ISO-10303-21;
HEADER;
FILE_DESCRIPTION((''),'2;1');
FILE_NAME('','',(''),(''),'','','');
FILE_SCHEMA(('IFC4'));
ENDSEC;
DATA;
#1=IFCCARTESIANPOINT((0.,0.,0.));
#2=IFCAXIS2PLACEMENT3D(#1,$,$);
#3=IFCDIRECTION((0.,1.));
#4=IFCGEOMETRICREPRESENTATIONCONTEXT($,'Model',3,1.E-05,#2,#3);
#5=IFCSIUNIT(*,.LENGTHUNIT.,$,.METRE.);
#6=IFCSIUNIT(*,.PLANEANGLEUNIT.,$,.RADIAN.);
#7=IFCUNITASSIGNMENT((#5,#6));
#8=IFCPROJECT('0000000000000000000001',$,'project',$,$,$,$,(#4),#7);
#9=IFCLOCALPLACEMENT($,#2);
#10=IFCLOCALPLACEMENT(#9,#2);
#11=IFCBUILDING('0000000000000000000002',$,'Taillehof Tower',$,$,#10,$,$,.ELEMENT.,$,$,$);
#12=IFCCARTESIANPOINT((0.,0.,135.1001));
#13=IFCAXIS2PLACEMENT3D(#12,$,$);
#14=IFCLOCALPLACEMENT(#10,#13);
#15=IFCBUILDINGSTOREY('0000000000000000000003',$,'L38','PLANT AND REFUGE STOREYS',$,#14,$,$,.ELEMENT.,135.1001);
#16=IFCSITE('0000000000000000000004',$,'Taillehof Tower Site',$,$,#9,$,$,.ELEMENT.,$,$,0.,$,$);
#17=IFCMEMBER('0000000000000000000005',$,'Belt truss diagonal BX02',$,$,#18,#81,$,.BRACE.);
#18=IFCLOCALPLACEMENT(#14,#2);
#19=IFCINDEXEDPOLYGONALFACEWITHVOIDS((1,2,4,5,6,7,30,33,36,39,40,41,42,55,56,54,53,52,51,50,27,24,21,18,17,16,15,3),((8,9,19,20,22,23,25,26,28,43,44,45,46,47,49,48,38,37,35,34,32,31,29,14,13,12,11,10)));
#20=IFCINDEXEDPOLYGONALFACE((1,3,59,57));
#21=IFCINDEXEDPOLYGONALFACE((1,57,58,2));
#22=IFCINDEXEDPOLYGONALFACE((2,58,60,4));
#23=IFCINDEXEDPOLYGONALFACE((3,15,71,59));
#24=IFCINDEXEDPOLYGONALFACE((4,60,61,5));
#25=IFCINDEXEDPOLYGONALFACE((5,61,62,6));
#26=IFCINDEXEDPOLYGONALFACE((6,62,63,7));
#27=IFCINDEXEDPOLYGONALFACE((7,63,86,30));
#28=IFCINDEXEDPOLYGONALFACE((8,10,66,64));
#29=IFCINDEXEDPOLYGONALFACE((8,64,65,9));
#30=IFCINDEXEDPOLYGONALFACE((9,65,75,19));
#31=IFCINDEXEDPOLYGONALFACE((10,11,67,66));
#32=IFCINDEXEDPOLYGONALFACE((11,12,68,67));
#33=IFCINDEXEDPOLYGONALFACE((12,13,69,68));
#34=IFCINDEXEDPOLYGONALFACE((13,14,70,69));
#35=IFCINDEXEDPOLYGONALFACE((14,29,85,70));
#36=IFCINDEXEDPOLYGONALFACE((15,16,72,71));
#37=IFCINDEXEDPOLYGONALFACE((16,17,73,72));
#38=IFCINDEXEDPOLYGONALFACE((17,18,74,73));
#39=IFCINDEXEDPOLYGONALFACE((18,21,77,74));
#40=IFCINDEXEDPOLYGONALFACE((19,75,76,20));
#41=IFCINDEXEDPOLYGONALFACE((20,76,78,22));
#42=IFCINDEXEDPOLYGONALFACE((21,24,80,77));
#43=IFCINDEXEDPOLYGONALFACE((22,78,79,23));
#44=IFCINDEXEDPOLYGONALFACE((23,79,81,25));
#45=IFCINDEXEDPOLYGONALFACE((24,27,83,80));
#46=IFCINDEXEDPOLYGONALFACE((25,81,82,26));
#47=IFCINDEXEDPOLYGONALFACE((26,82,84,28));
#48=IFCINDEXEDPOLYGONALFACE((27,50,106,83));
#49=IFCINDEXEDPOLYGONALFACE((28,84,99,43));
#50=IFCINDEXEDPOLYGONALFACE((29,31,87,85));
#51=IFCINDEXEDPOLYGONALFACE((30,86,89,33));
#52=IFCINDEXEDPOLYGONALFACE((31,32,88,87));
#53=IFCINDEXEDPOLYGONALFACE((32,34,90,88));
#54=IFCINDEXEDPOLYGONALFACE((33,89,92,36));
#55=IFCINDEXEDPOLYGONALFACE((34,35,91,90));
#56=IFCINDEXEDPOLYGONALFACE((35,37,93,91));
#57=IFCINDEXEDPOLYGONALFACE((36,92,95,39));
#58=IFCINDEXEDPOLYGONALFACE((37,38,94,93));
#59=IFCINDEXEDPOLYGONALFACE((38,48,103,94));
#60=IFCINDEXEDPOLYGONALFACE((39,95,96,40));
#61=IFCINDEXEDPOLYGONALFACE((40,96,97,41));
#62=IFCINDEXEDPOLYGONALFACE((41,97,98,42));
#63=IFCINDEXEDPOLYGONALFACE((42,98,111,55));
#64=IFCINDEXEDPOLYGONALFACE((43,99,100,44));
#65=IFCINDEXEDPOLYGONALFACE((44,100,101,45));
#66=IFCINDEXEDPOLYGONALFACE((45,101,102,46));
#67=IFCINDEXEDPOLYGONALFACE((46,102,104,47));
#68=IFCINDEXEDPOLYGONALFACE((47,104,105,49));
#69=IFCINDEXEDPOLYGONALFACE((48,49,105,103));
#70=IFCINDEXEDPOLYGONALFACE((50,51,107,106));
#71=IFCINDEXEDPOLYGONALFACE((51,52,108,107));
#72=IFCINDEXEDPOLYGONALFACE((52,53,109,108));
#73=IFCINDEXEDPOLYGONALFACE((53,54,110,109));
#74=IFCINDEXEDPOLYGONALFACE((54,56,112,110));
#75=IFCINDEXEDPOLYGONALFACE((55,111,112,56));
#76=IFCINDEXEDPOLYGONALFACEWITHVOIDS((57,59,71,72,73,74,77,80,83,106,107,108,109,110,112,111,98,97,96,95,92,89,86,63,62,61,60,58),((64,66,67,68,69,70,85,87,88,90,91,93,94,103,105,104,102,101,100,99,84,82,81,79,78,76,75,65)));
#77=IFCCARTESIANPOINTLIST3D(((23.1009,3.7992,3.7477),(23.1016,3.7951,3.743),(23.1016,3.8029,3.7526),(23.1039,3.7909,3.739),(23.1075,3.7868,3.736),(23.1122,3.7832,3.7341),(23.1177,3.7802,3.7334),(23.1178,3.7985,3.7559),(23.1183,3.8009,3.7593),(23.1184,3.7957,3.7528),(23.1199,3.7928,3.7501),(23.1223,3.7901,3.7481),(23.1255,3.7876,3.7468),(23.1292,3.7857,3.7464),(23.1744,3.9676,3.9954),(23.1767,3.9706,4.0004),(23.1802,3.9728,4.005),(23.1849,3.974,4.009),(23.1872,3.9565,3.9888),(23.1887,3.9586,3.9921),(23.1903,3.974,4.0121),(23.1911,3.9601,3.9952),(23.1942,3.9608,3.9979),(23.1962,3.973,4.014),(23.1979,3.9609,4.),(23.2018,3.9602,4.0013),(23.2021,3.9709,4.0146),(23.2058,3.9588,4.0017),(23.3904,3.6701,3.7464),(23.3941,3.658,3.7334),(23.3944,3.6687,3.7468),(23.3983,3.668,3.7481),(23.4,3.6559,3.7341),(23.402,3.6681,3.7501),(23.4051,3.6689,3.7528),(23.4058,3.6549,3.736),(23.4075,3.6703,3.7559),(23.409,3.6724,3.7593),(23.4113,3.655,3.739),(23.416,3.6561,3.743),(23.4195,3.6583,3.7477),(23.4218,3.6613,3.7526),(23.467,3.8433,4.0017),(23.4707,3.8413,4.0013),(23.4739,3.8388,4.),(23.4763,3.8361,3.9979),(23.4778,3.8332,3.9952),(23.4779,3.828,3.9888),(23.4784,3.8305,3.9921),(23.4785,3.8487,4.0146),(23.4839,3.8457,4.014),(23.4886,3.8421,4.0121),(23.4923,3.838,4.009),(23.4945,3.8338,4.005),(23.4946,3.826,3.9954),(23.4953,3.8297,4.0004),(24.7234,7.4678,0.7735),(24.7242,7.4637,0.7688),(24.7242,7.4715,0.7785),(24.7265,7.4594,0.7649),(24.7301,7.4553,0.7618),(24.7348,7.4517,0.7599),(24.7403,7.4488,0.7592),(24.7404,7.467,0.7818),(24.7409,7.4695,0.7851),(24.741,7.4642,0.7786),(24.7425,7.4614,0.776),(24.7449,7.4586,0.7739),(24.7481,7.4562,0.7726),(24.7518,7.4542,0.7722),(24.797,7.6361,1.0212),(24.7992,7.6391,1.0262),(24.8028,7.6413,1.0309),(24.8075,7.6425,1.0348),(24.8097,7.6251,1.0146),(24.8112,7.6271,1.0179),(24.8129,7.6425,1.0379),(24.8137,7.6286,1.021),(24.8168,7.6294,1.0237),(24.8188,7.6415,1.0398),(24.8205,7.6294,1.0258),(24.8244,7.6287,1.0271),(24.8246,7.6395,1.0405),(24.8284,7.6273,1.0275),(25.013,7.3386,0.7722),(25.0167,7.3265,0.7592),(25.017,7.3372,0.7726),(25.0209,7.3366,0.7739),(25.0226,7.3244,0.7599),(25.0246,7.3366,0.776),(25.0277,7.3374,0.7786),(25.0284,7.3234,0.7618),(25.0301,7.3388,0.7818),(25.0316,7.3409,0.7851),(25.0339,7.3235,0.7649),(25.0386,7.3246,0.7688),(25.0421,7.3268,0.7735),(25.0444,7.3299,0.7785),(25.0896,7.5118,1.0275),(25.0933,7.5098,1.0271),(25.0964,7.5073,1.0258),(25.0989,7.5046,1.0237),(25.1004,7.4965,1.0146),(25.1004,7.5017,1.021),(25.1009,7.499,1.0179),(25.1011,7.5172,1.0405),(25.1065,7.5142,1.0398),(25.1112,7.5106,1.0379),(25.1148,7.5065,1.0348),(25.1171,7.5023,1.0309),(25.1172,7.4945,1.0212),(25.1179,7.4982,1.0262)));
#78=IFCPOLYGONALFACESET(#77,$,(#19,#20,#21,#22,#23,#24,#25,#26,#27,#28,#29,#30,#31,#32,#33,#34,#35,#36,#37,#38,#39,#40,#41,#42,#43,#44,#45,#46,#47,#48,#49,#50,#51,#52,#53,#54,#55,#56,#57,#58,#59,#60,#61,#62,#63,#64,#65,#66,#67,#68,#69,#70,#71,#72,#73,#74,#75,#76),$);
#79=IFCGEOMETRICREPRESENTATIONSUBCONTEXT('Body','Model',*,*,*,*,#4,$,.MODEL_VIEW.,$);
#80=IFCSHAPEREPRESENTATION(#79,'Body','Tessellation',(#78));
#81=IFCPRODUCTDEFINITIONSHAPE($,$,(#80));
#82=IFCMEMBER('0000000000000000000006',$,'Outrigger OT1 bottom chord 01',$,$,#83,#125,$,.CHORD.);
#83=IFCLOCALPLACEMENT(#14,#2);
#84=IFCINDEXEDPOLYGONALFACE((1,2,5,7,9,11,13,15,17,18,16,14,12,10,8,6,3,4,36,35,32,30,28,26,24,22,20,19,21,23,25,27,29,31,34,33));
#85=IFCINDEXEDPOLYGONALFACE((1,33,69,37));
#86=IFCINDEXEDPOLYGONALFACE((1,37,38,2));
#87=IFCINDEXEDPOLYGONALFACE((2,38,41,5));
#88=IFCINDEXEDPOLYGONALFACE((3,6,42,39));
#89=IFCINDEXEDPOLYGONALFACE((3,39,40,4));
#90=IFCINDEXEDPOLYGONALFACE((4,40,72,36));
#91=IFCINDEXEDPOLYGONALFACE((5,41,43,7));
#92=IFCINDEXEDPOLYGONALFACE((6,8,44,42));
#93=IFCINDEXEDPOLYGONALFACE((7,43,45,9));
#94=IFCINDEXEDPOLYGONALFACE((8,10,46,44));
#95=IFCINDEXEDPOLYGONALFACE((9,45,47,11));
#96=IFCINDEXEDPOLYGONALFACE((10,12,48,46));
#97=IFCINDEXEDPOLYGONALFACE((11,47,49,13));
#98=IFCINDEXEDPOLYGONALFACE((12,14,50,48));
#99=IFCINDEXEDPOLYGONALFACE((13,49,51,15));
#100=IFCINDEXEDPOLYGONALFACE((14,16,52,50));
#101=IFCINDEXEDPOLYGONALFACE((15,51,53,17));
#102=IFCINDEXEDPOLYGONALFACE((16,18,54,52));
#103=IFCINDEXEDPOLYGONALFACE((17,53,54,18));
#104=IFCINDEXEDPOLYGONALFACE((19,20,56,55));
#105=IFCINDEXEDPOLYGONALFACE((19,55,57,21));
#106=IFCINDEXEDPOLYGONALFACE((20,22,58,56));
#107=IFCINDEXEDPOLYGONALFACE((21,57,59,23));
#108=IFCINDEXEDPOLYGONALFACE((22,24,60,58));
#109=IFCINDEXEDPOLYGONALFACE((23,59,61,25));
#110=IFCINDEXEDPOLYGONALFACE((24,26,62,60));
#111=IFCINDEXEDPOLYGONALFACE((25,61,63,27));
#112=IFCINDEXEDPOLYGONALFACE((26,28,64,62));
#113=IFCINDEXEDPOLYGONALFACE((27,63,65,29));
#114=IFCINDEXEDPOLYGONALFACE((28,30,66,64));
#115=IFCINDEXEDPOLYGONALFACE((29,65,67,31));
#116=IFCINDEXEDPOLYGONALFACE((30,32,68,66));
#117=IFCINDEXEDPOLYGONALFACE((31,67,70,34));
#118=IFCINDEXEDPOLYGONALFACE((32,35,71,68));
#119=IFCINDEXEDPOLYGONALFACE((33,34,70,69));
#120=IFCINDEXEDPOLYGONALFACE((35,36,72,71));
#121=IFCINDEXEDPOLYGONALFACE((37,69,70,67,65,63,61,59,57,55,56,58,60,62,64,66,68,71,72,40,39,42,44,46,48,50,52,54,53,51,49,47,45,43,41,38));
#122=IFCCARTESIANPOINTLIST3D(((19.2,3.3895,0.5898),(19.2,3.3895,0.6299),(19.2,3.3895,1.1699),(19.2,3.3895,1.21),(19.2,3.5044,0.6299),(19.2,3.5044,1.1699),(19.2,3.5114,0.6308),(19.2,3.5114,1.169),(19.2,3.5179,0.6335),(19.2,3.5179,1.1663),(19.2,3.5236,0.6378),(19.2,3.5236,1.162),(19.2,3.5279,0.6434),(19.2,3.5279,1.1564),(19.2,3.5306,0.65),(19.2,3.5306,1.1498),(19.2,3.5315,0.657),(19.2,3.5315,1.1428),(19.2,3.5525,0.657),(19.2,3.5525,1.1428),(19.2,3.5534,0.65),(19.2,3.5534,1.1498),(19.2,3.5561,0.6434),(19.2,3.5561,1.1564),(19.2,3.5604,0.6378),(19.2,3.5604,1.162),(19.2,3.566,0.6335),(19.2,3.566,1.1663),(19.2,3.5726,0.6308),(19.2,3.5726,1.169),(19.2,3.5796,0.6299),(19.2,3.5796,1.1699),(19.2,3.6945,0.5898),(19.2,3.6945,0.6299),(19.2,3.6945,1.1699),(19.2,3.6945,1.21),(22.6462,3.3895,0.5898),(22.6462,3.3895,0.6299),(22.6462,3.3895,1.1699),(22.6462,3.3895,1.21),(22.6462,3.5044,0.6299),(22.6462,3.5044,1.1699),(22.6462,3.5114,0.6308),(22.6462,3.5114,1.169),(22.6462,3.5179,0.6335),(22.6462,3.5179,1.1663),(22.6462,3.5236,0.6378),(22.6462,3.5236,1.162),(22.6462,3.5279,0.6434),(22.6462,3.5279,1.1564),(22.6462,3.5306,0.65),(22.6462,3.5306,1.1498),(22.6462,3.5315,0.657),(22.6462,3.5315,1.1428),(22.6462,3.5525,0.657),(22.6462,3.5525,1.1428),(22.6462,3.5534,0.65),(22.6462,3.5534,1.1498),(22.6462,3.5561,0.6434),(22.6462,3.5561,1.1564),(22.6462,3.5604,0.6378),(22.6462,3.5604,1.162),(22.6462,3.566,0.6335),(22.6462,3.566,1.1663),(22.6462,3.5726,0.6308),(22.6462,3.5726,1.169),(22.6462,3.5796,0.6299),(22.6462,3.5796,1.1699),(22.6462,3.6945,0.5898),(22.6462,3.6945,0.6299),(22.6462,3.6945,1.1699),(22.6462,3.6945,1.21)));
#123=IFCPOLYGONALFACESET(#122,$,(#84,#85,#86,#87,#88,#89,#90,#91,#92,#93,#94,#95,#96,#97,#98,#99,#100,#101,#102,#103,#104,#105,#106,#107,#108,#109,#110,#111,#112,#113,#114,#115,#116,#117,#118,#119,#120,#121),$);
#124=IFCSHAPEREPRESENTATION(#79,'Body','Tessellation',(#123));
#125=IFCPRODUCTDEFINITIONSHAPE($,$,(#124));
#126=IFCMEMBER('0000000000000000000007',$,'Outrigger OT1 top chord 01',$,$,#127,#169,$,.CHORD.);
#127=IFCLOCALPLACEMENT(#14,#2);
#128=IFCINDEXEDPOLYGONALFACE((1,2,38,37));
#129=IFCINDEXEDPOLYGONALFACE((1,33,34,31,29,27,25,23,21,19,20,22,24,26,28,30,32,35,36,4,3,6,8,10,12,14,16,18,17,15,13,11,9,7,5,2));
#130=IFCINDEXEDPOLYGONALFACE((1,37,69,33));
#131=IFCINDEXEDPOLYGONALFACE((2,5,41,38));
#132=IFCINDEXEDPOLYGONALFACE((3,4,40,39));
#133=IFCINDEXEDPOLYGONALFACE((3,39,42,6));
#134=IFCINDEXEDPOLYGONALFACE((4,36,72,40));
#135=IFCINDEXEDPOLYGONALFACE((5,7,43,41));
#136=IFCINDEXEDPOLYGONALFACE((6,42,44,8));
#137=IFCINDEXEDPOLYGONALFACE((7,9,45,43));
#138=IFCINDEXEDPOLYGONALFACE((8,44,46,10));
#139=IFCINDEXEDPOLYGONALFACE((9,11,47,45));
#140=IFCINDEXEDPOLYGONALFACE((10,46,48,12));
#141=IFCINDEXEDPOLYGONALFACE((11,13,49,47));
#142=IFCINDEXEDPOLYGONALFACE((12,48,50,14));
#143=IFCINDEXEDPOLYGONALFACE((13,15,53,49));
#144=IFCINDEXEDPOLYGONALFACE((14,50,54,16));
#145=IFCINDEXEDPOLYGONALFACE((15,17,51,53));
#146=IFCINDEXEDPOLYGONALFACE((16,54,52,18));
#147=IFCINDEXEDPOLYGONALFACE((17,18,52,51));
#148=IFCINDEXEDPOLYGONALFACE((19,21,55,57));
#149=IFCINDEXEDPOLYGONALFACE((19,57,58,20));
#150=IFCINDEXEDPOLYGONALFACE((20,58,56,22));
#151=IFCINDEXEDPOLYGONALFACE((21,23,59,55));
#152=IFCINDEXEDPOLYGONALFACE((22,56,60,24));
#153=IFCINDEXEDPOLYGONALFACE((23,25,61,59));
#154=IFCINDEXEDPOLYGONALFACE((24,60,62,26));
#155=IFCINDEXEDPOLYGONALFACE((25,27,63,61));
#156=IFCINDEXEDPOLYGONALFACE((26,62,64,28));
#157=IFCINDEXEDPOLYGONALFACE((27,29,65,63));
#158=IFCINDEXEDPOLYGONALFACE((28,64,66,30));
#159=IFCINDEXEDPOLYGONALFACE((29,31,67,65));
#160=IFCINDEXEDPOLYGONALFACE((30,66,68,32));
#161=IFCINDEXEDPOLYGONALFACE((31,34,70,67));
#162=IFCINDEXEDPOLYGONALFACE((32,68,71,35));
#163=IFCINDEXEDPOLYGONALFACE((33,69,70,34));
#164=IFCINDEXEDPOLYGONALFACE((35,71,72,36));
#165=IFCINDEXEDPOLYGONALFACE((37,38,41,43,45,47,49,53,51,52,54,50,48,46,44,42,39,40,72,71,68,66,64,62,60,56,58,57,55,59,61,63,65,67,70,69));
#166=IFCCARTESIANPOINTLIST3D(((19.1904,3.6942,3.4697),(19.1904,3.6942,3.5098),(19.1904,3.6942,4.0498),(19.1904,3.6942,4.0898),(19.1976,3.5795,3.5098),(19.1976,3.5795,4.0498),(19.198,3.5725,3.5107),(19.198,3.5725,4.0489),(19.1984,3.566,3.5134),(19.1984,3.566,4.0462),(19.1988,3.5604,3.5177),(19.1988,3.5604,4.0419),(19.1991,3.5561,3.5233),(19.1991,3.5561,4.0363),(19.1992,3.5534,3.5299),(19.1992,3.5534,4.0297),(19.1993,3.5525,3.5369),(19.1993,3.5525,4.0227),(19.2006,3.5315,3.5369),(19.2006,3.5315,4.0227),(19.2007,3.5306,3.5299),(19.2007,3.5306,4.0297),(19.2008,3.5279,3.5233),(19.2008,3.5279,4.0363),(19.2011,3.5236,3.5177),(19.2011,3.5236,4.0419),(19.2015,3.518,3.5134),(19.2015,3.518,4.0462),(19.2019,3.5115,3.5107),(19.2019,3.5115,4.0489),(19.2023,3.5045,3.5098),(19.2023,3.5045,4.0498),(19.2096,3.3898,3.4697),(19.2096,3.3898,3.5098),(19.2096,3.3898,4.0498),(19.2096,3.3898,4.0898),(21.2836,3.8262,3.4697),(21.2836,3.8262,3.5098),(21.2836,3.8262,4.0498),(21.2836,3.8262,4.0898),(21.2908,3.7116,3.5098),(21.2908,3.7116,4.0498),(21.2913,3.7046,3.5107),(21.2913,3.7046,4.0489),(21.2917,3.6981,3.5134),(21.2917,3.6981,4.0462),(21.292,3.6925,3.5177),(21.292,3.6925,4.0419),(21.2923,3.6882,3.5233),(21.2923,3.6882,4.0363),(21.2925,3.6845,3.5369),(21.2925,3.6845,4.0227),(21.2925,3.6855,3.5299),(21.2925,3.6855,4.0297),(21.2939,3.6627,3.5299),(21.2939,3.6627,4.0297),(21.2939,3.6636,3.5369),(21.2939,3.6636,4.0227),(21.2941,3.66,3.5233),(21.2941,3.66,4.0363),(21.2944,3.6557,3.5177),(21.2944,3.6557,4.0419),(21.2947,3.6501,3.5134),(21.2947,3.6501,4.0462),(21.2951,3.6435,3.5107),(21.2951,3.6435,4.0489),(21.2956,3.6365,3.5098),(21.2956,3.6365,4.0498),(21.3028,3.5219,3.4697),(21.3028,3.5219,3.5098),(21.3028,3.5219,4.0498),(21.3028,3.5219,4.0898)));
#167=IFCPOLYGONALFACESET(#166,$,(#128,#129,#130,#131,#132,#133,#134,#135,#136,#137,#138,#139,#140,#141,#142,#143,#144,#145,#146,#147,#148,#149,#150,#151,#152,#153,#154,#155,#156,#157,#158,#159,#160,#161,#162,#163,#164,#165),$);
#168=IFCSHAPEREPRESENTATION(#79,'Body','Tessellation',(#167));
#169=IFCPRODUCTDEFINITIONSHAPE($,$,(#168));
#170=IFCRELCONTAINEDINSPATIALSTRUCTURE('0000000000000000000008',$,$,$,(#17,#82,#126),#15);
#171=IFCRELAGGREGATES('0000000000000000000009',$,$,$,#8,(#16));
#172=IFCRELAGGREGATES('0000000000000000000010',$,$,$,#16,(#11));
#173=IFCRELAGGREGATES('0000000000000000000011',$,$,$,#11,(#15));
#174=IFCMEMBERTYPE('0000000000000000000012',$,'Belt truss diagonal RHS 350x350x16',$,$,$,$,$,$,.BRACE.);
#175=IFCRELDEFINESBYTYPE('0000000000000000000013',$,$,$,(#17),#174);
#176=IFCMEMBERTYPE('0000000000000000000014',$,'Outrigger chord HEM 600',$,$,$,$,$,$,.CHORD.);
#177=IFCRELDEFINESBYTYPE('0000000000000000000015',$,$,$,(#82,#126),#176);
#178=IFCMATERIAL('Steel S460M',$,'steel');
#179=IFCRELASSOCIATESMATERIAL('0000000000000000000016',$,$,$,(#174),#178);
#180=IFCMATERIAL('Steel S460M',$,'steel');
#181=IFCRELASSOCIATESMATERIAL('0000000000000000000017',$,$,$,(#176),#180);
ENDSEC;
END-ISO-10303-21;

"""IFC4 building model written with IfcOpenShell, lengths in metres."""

from ifc_helpers import new_model, si_unit, direction, frame, origin, origin_2d, place, context, subcontext, project, spatial, hollow_rectangle, i_section, extrude, material, material_profile, profile_set, type_object, element, save


model = new_model("IFC4")

# Units and contexts
model_context = context("Model", 3, precision=1e-05, world=origin(), true_north=direction((0.0, 1.0)))
body_context = subcontext(model_context, "Body", "Model", "MODEL_VIEW")
ifc_project = project(units=[si_unit("LENGTHUNIT", "METRE"), si_unit("PLANEANGLEUNIT", "RADIAN")], contexts=[model_context])

# Site, building, storey
site_placement = place(None, origin())
site = spatial("IfcSite", under=ifc_project, at=site_placement, Name="Taillehof Tower Site", CompositionType="ELEMENT", RefElevation=0.0)
building_placement = place(site_placement, origin())
building = spatial("IfcBuilding", under=site, at=building_placement, Name="Taillehof Tower", CompositionType="ELEMENT")
storey_placement = place(building_placement, frame((0.0, 0.0, 135.1001)))
storey = spatial("IfcBuildingStorey", under=building, at=storey_placement, Name="L38", Description="PLANT AND REFUGE STOREYS", CompositionType="ELEMENT", Elevation=135.1001)

# Members
ifc_material_1 = material(Name="Steel S460M", Category="steel")
ifc_material_profile_1 = material_profile(ifc_material_1, hollow_rectangle(XDim=0.3501, YDim=0.3501, WallThickness=0.0161, InnerFilletRadius=0.0161, OuterFilletRadius=0.0239, at=origin_2d()), Name="RHS 350x350x16")
ifc_profile_set_1 = profile_set([ifc_material_profile_1], Name="Steel S460M")
member_type_1 = type_object("IfcMemberType", Name="Belt truss diagonal RHS 350x350x16", PredefinedType="BRACE", material=ifc_profile_set_1)
member_1_placement = place(storey_placement, frame((23.2981, 3.8145, 3.874), z_axis=(0.32493, 0.734637, -0.595591), x_axis=(-0.914538, 0.4045, 0.0)))
element("IfcMember", 1, at=member_1_placement, inside=storey, type_object=member_type_1, Name="Belt truss diagonal BX02", PredefinedType="BRACE", context=body_context, shape_type="SweptSolid", body=[
    extrude(hollow_rectangle(XDim=0.3501, YDim=0.3501, WallThickness=0.0161, InnerFilletRadius=0.0161, OuterFilletRadius=0.0239, at=origin_2d()), origin(), (0.0, 0.0, 1.0), 4.9937),
])
ifc_material_2 = material(Name="Steel S460M", Category="steel")
ifc_material_profile_2 = material_profile(ifc_material_2, i_section(OverallWidth=0.3049, OverallDepth=0.6201, WebThickness=0.021, FlangeThickness=0.04, FilletRadius=0.0271, at=origin_2d()), Name="HEM 600")
ifc_profile_set_2 = profile_set([ifc_material_profile_2], Name="Steel S460M")
member_type_2 = type_object("IfcMemberType", Name="Outrigger chord HEM 600", PredefinedType="CHORD", material=ifc_profile_set_2)
member_2_placement = place(storey_placement, frame((19.2, 3.542, 0.8999), z_axis=(1.0, 0.0, 0.0), x_axis=(0.0, 1.0, 0.0)))
element("IfcMember", 2, at=member_2_placement, inside=storey, type_object=member_type_2, Name="Outrigger OT1 bottom chord 01", PredefinedType="CHORD", context=body_context, shape_type="SweptSolid", body=[
    extrude(i_section(OverallWidth=0.3049, OverallDepth=0.6201, WebThickness=0.021, FlangeThickness=0.04, FilletRadius=0.0271, at=origin_2d()), origin(), (0.0, 0.0, 1.0), 3.4463),
])
member_3_placement = place(storey_placement, frame((19.2, 3.542, 3.7798), z_axis=(0.998015, 0.062973, 0.0), x_axis=(-0.062973, 0.998015, 0.0)))
element("IfcMember", 3, at=member_3_placement, inside=storey, type_object=member_type_2, Name="Outrigger OT1 top chord 01", PredefinedType="CHORD", context=body_context, shape_type="SweptSolid", body=[
    extrude(i_section(OverallWidth=0.3049, OverallDepth=0.6201, WebThickness=0.021, FlangeThickness=0.04, FilletRadius=0.0271, at=origin_2d()), origin(), (0.0, 0.0, 1.0), 2.0974),
])

save(model, "model.ifc")
